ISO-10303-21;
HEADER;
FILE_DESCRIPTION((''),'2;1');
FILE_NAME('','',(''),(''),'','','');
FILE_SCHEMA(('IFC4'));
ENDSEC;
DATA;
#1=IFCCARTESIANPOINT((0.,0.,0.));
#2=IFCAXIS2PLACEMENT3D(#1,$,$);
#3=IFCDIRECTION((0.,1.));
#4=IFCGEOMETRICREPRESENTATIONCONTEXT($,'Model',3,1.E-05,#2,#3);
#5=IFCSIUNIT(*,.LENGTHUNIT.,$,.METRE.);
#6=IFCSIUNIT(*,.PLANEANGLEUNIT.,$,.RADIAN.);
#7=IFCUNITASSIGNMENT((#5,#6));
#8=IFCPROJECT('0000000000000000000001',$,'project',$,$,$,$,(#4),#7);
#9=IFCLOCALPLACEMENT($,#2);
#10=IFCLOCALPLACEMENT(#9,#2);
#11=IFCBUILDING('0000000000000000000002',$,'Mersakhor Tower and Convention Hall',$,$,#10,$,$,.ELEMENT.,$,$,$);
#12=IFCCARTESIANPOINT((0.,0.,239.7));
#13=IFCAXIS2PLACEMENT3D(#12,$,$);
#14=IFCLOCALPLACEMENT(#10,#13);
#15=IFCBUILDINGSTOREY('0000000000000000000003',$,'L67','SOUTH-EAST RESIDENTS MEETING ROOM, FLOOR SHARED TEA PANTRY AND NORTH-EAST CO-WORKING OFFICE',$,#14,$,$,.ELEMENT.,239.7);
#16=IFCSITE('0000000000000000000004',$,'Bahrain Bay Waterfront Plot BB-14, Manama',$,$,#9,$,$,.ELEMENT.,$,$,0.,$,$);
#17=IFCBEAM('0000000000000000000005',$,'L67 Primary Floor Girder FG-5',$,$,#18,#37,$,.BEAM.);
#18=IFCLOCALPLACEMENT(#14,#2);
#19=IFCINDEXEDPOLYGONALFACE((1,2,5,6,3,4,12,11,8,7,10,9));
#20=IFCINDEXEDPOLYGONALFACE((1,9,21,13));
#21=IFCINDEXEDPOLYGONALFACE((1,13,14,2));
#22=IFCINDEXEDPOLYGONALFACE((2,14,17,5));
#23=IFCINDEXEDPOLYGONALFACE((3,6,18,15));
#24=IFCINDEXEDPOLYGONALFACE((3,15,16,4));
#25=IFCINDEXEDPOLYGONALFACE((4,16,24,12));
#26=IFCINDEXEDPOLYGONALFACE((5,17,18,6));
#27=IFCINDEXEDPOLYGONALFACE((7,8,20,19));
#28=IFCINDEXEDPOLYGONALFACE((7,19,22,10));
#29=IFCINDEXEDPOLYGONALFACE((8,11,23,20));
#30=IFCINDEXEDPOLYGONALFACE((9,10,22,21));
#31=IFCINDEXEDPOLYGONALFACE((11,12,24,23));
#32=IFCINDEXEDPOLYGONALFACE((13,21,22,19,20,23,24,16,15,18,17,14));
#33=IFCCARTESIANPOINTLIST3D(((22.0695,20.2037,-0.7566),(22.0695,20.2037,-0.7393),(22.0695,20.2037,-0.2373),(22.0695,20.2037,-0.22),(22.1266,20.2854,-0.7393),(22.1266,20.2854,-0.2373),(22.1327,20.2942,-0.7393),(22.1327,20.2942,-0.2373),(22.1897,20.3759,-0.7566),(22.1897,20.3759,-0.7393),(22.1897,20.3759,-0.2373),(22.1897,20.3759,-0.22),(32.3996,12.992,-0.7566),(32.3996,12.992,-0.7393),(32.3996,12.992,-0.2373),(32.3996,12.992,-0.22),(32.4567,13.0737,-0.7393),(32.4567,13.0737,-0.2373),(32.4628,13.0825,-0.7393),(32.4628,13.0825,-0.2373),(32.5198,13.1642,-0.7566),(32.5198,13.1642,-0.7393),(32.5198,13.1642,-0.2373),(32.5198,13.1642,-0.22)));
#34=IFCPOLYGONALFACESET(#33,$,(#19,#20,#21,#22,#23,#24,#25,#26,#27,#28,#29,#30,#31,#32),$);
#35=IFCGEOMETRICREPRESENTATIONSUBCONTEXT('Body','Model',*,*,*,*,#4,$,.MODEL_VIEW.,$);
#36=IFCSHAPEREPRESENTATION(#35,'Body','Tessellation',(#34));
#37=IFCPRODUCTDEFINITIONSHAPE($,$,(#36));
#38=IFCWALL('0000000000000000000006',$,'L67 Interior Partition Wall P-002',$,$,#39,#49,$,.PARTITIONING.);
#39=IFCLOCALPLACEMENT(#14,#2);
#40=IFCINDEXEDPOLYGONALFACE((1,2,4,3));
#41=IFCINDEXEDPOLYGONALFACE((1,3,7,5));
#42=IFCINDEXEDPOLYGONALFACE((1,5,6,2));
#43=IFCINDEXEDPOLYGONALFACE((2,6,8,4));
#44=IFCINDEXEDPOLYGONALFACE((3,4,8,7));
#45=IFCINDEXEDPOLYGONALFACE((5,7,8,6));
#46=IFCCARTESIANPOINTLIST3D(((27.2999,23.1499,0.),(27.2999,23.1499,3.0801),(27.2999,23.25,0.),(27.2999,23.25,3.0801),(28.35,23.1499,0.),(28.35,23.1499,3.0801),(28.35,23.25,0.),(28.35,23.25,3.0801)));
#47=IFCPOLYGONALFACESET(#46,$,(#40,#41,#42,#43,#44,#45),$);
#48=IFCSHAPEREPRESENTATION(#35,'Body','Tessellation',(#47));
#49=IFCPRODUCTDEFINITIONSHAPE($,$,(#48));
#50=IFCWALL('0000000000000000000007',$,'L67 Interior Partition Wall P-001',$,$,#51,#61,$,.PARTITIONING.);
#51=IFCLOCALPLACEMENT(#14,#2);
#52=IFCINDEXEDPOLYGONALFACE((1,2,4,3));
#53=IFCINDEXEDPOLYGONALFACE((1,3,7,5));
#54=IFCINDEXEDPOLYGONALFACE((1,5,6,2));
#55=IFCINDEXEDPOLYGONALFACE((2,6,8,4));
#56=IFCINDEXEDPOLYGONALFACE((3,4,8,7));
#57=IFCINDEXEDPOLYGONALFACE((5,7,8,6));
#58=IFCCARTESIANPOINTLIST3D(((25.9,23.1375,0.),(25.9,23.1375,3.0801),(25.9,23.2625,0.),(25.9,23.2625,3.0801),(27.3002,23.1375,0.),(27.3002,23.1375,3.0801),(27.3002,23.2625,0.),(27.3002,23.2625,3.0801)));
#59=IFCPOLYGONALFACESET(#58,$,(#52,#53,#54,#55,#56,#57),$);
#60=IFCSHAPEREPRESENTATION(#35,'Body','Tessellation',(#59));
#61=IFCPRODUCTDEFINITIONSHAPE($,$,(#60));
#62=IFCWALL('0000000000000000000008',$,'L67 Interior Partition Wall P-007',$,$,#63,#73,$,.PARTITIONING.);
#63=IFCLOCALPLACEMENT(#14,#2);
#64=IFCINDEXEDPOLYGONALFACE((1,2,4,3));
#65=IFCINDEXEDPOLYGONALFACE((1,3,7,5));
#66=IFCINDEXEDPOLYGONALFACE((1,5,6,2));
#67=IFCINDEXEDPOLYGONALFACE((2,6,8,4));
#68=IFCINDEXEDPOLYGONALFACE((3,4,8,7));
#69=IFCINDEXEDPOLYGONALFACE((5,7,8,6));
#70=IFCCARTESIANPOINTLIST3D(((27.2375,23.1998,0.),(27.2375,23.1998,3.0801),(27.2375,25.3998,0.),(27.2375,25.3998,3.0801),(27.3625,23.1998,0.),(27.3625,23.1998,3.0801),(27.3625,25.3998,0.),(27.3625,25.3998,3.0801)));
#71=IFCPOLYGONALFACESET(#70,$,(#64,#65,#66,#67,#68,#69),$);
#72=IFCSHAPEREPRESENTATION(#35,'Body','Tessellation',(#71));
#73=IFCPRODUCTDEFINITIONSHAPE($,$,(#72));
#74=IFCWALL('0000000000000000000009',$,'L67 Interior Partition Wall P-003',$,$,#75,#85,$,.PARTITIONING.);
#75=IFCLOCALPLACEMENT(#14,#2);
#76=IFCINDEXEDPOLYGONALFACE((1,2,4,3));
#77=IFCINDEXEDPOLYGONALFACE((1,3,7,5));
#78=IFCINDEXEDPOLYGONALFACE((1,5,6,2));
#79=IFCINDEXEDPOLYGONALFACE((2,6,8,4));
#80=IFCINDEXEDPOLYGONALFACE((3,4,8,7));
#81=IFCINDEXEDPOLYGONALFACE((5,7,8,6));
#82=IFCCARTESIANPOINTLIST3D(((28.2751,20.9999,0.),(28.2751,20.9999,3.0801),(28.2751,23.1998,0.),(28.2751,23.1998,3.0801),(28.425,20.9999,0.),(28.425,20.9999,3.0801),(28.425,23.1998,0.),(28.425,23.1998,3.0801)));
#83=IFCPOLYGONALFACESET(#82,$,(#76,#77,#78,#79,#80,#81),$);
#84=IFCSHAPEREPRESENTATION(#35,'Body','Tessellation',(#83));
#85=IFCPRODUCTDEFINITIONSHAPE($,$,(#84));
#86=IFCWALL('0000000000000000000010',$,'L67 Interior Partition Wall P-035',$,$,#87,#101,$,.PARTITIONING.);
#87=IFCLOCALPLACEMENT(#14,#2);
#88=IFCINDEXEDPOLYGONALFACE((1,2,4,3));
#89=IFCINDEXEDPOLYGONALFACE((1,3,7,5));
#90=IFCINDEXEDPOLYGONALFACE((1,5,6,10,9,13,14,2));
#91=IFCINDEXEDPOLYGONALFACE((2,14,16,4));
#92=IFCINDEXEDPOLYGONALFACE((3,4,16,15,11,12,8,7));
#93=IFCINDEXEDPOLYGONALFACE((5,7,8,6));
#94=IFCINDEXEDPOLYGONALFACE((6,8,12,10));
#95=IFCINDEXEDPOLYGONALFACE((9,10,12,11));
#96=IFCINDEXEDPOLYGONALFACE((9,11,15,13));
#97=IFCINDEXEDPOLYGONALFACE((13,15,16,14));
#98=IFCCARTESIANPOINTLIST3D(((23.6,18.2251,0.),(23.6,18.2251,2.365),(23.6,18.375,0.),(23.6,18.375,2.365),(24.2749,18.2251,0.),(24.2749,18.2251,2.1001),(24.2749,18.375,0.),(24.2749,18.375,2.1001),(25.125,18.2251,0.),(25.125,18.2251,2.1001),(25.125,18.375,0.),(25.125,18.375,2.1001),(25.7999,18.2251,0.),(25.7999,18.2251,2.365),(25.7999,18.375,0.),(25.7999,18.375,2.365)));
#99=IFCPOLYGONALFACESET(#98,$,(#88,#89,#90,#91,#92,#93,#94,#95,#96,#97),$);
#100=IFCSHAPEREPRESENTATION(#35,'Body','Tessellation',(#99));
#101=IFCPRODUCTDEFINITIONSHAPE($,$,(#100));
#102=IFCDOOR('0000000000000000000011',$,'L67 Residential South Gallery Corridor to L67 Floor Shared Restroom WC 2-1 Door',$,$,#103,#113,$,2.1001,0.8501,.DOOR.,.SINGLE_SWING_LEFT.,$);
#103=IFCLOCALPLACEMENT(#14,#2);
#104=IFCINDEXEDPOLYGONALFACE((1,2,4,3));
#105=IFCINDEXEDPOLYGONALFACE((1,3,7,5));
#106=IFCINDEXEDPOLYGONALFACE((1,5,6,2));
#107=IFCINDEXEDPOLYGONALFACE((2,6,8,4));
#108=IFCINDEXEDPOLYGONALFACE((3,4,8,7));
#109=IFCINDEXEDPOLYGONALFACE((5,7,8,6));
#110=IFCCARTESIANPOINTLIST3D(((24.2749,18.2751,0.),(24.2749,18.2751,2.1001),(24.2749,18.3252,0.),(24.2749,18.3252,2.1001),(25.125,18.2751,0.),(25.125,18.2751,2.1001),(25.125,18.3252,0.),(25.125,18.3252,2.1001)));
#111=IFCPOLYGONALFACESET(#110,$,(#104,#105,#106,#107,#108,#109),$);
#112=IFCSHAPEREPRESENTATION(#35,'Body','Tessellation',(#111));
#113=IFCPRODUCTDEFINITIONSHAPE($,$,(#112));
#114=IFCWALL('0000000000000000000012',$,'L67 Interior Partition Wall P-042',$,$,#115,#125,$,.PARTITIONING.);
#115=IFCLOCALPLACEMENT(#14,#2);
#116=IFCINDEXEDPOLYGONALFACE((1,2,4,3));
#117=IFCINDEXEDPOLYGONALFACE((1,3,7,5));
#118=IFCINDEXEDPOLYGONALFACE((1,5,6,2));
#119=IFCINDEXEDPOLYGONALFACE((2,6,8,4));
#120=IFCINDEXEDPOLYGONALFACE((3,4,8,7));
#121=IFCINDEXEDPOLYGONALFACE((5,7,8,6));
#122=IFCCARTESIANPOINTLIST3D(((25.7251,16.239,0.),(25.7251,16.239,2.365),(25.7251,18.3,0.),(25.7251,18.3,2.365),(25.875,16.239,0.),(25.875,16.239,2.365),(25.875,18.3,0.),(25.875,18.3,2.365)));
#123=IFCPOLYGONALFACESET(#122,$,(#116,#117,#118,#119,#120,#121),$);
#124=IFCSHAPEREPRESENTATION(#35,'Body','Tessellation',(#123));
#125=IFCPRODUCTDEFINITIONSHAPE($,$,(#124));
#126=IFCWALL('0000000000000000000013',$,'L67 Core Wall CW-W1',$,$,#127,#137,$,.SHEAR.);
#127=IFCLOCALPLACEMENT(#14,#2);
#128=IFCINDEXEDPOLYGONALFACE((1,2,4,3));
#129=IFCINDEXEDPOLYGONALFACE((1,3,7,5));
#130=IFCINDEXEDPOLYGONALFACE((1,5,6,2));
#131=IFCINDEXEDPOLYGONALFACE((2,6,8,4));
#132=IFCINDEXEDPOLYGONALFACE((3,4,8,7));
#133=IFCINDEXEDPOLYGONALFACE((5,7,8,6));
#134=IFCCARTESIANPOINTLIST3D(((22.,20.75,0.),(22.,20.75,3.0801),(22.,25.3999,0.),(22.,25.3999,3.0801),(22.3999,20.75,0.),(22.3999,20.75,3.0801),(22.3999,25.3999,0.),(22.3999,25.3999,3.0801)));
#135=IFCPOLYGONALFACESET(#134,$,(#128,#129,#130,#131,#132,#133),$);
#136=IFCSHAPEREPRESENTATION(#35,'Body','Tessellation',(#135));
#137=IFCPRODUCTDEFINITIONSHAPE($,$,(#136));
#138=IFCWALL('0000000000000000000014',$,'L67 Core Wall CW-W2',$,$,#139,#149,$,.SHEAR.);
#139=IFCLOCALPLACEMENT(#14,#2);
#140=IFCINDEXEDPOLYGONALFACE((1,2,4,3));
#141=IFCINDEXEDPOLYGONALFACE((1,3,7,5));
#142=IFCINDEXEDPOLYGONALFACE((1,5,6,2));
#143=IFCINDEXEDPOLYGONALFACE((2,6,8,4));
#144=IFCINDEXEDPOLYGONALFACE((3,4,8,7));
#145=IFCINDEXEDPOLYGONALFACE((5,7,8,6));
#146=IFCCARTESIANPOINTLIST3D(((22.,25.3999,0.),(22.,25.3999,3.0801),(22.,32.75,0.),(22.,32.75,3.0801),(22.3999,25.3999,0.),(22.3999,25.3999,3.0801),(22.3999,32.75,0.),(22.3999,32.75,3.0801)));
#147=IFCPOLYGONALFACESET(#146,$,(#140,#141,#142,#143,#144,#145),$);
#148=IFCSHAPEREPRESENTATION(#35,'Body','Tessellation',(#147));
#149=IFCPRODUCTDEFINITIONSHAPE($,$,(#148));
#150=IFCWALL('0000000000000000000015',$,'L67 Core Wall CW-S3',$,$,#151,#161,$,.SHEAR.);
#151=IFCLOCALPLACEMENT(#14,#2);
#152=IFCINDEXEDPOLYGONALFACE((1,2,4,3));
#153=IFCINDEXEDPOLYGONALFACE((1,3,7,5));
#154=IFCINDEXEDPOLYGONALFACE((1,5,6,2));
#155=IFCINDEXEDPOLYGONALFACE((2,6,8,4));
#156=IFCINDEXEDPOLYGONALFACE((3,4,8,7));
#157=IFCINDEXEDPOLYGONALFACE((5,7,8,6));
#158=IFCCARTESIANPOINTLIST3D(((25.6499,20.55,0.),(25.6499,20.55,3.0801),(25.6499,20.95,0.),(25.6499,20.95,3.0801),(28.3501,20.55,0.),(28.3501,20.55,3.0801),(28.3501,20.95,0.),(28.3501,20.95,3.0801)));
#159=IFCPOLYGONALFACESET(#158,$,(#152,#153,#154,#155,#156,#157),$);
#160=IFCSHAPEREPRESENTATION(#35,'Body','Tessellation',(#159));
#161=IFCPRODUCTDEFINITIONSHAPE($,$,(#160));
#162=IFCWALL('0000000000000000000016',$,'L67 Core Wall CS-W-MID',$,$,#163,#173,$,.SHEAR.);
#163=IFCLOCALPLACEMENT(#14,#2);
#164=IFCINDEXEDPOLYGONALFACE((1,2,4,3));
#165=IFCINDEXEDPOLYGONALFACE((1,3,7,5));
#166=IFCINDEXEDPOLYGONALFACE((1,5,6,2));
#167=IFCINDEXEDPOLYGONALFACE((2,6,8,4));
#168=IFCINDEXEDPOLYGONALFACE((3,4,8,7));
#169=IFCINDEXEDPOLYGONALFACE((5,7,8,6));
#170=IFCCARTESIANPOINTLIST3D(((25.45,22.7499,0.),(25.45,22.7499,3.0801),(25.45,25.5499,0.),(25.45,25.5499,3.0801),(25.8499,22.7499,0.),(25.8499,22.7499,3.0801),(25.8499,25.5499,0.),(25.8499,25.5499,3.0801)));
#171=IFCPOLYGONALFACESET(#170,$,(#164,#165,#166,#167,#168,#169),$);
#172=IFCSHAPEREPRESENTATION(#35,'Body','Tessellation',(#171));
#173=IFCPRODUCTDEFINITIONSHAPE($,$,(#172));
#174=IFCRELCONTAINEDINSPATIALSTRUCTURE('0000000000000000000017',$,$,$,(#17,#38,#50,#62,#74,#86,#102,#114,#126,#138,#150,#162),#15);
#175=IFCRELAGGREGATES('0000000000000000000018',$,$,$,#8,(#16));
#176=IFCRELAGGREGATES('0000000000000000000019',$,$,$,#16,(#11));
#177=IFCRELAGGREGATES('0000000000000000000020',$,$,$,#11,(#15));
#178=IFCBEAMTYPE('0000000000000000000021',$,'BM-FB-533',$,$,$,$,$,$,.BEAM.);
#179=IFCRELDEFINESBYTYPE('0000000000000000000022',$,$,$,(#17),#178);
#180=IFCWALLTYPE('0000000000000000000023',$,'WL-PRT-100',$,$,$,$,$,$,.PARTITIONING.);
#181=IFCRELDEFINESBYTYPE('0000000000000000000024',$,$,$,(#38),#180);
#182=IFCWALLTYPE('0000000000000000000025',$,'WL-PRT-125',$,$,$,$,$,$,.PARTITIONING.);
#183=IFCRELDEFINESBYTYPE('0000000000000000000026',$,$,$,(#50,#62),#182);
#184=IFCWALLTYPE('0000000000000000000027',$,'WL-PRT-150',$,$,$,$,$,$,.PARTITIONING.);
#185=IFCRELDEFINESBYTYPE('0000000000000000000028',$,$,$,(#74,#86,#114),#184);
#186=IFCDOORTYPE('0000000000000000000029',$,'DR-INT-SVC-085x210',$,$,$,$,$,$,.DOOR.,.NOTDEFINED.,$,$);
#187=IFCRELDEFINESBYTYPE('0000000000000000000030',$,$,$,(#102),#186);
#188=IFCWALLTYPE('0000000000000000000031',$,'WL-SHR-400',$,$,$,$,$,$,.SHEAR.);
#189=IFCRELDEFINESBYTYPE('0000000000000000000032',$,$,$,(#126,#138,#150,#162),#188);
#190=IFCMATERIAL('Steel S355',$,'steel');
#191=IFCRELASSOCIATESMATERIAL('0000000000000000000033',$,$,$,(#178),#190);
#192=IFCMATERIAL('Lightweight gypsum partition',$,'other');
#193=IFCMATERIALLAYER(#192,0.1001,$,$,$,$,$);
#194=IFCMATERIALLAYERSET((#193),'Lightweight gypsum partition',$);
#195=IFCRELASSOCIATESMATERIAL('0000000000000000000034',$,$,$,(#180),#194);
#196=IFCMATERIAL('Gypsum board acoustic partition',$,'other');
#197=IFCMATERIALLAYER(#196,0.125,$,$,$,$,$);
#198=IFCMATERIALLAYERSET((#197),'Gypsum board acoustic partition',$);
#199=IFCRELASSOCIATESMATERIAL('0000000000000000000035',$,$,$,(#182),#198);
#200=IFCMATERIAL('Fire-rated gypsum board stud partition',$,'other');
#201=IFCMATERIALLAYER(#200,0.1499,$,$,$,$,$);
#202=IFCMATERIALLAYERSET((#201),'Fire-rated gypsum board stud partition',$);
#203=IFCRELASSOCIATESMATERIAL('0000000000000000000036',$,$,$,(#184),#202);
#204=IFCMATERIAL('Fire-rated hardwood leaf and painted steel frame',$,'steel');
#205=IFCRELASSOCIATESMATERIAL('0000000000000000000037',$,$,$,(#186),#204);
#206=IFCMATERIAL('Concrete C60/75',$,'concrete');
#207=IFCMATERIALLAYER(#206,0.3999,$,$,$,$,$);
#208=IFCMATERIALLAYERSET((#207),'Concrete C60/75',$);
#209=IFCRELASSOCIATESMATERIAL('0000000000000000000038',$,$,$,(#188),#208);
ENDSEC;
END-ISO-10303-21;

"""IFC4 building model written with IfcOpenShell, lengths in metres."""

from ifc_helpers import new_model, si_unit, direction, frame, frame_2d, origin, origin_2d, place, context, subcontext, project, spatial, rectangle, i_section, extrude, material, layer, layer_set, material_profile, profile_set, type_object, element, fill, save


model = new_model("IFC4")

# Units and contexts
model_context = context("Model", 3, precision=1e-05, world=origin(), true_north=direction((0.0, 1.0)))
body_context = subcontext(model_context, "Body", "Model", "MODEL_VIEW")
ifc_project = project(units=[si_unit("LENGTHUNIT", "METRE"), si_unit("PLANEANGLEUNIT", "RADIAN")], contexts=[model_context])

# Site, building, storey
site_placement = place(None, origin())
site = spatial("IfcSite", under=ifc_project, at=site_placement, Name="Bahrain Bay Waterfront Plot BB-14, Manama", CompositionType="ELEMENT", RefElevation=0.0)
building_placement = place(site_placement, origin())
building = spatial("IfcBuilding", under=site, at=building_placement, Name="Mersakhor Tower and Convention Hall", CompositionType="ELEMENT")
storey_placement = place(building_placement, frame((0.0, 0.0, 239.7)))
storey = spatial("IfcBuildingStorey", under=building, at=storey_placement, Name="L67", Description="SOUTH-EAST RESIDENTS MEETING ROOM, FLOOR SHARED TEA PANTRY AND NORTH-EAST CO-WORKING OFFICE", CompositionType="ELEMENT", Elevation=239.7)

# Beam
ifc_material_1 = material(Name="Steel S355", Category="steel")
ifc_material_profile = material_profile(ifc_material_1, i_section(OverallWidth=0.21, OverallDepth=0.5366, WebThickness=0.0107, FlangeThickness=0.0173, at=origin_2d()), Name="UB 533x210x101")
ifc_profile_set = profile_set([ifc_material_profile], Name="Steel S355")
beam_type = type_object("IfcBeamType", Name="BM-FB-533", PredefinedType="BEAM", material=ifc_profile_set)
beam_placement = place(storey_placement, frame((22.1296, 20.2898, -0.4883), z_axis=(0.819954, -0.572429, 0.0), x_axis=(0.572429, 0.819954, 0.0)))
element("IfcBeam", 1, at=beam_placement, inside=storey, type_object=beam_type, Name="L67 Primary Floor Girder FG-5", PredefinedType="BEAM", context=body_context, shape_type="SweptSolid", body=[
    extrude(i_section(OverallWidth=0.21, OverallDepth=0.5366, WebThickness=0.0107, FlangeThickness=0.0173, at=origin_2d()), origin(), (0.0, 0.0, 1.0), 12.5984),
])

# Walls
ifc_material_2 = material(Name="Lightweight gypsum partition", Category="other")
ifc_layer_1 = layer(ifc_material_2, 0.1001)
ifc_layer_set_1 = layer_set([ifc_layer_1], Name="Lightweight gypsum partition")
wall_type_1 = type_object("IfcWallType", Name="WL-PRT-100", PredefinedType="PARTITIONING", material=ifc_layer_set_1)
wall_1_placement = place(storey_placement, frame((27.3, 23.2, 0.0), z_axis=(0.0, 0.0, 1.0), x_axis=(1.0, 0.0, 0.0)))
element("IfcWall", 2, at=wall_1_placement, inside=storey, type_object=wall_type_1, Name="L67 Interior Partition Wall P-002", PredefinedType="PARTITIONING", context=body_context, shape_type="SweptSolid", body=[
    extrude(rectangle(XDim=1.05, YDim=0.1001, at=frame_2d((0.5249, 0.0))), origin(), (0.0, 0.0, 1.0), 3.0801),
])
ifc_material_3 = material(Name="Gypsum board acoustic partition", Category="other")
ifc_layer_2 = layer(ifc_material_3, 0.125)
ifc_layer_set_2 = layer_set([ifc_layer_2], Name="Gypsum board acoustic partition")
wall_type_2 = type_object("IfcWallType", Name="WL-PRT-125", PredefinedType="PARTITIONING", material=ifc_layer_set_2)
wall_2_placement = place(storey_placement, frame((25.8999, 23.2, 0.0), z_axis=(0.0, 0.0, 1.0), x_axis=(1.0, 0.0, 0.0)))
element("IfcWall", 3, at=wall_2_placement, inside=storey, type_object=wall_type_2, Name="L67 Interior Partition Wall P-001", PredefinedType="PARTITIONING", context=body_context, shape_type="SweptSolid", body=[
    extrude(rectangle(XDim=1.4001, YDim=0.125, at=frame_2d((0.7002, 0.0))), origin(), (0.0, 0.0, 1.0), 3.0801),
])
wall_3_placement = place(storey_placement, frame((27.3, 25.3999, 0.0), z_axis=(0.0, 0.0, 1.0), x_axis=(0.0, -1.0, 0.0)))
element("IfcWall", 4, at=wall_3_placement, inside=storey, type_object=wall_type_2, Name="L67 Interior Partition Wall P-007", PredefinedType="PARTITIONING", context=body_context, shape_type="SweptSolid", body=[
    extrude(rectangle(XDim=2.2, YDim=0.125, at=frame_2d((1.1001, 0.0))), origin(), (0.0, 0.0, 1.0), 3.0801),
])
ifc_material_4 = material(Name="Fire-rated gypsum board stud partition", Category="other")
ifc_layer_3 = layer(ifc_material_4, 0.1499)
ifc_layer_set_3 = layer_set([ifc_layer_3], Name="Fire-rated gypsum board stud partition")
wall_type_3 = type_object("IfcWallType", Name="WL-PRT-150", PredefinedType="PARTITIONING", material=ifc_layer_set_3)
wall_4_placement = place(storey_placement, frame((28.3501, 23.2, 0.0), z_axis=(0.0, 0.0, 1.0), x_axis=(0.0, -1.0, 0.0)))
element("IfcWall", 5, at=wall_4_placement, inside=storey, type_object=wall_type_3, Name="L67 Interior Partition Wall P-003", PredefinedType="PARTITIONING", context=body_context, shape_type="SweptSolid", body=[
    extrude(rectangle(XDim=2.2, YDim=0.1499, at=frame_2d((1.1001, 0.0))), origin(), (0.0, 0.0, 1.0), 3.0801),
])

# Wall, opening, door
wall_5_placement = place(storey_placement, frame((25.8, 18.3, 0.0), z_axis=(0.0, 0.0, 1.0), x_axis=(-1.0, 0.0, 0.0)))
wall_5 = element("IfcWall", 6, at=wall_5_placement, inside=storey, type_object=wall_type_3, Name="L67 Interior Partition Wall P-035", PredefinedType="PARTITIONING", context=body_context, shape_type="SweptSolid", body=[
    extrude(rectangle(XDim=2.2, YDim=0.1499, at=frame_2d((1.1001, 0.0))), origin(), (0.0, 0.0, 1.0), 2.365),
])
opening_1_placement = place(wall_5_placement, frame((0.675, 0.0, 0.0)))
opening_1 = element("IfcOpeningElement", 7, at=opening_1_placement, cuts=wall_5, PredefinedType="OPENING", context=body_context, shape_type="SweptSolid", body=[
    extrude(rectangle(XDim=0.8501, YDim=2.1001, at=frame_2d((0.425, 1.05))), frame((0.0, 0.085, 0.0), z_axis=(0.0, -1.0, 0.0), x_axis=(1.0, 0.0, 0.0)), (0.0, 0.0, 1.0), 0.1699),
])
ifc_material_5 = material(Name="Fire-rated hardwood leaf and painted steel frame", Category="steel")
door_type_1 = type_object("IfcDoorType", Name="DR-INT-SVC-085x210", OperationType="NOTDEFINED", PredefinedType="DOOR", material=ifc_material_5)
door_1_placement = place(opening_1_placement, origin())
door_1 = element("IfcDoor", 8, at=door_1_placement, inside=storey, type_object=door_type_1, Name="L67 Residential South Gallery Corridor to L67 Floor Shared Restroom WC 2-1 Door", OperationType="SINGLE_SWING_LEFT", OverallHeight=2.1001, OverallWidth=0.8501, PredefinedType="DOOR", context=body_context, shape_type="SweptSolid", body=[
    extrude(rectangle(XDim=0.8501, YDim=2.1001, at=frame_2d((0.425, 1.05))), frame((0.0, 0.0249, 0.0), z_axis=(0.0, -1.0, 0.0), x_axis=(1.0, 0.0, 0.0)), (0.0, 0.0, 1.0), 0.05),
])
fill(opening_1, door_1)

# Wall
wall_6_placement = place(storey_placement, frame((25.8, 18.3, 0.0), z_axis=(0.0, 0.0, 1.0), x_axis=(0.0, -1.0, 0.0)))
element("IfcWall", 9, at=wall_6_placement, inside=storey, type_object=wall_type_3, Name="L67 Interior Partition Wall P-042", PredefinedType="PARTITIONING", context=body_context, shape_type="SweptSolid", body=[
    extrude(rectangle(XDim=2.061, YDim=0.1499, at=frame_2d((1.0305, 0.0))), origin(), (0.0, 0.0, 1.0), 2.365),
])

# Walls
ifc_material_6 = material(Name="Concrete C60/75", Category="concrete")
ifc_layer_4 = layer(ifc_material_6, 0.3999)
ifc_layer_set_4 = layer_set([ifc_layer_4], Name="Concrete C60/75")
wall_type_4 = type_object("IfcWallType", Name="WL-SHR-400", PredefinedType="SHEAR", material=ifc_layer_set_4)
wall_7_placement = place(storey_placement, frame((22.2, 20.75, 0.0), z_axis=(0.0, 0.0, 1.0), x_axis=(0.0, 1.0, 0.0)))
element("IfcWall", 10, at=wall_7_placement, inside=storey, type_object=wall_type_4, Name="L67 Core Wall CW-W1", PredefinedType="SHEAR", context=body_context, shape_type="SweptSolid", body=[
    extrude(rectangle(XDim=4.6499, YDim=0.3999, at=frame_2d((2.325, 0.0))), origin(), (0.0, 0.0, 1.0), 3.0801),
])
wall_8_placement = place(storey_placement, frame((22.2, 25.3999, 0.0), z_axis=(0.0, 0.0, 1.0), x_axis=(0.0, 1.0, 0.0)))
element("IfcWall", 11, at=wall_8_placement, inside=storey, type_object=wall_type_4, Name="L67 Core Wall CW-W2", PredefinedType="SHEAR", context=body_context, shape_type="SweptSolid", body=[
    extrude(rectangle(XDim=7.3501, YDim=0.3999, at=frame_2d((3.675, 0.0))), origin(), (0.0, 0.0, 1.0), 3.0801),
])
wall_9_placement = place(storey_placement, frame((28.3501, 20.75, 0.0), z_axis=(0.0, 0.0, 1.0), x_axis=(-1.0, 0.0, 0.0)))
element("IfcWall", 12, at=wall_9_placement, inside=storey, type_object=wall_type_4, Name="L67 Core Wall CW-S3", PredefinedType="SHEAR", context=body_context, shape_type="SweptSolid", body=[
    extrude(rectangle(XDim=2.7002, YDim=0.3999, at=frame_2d((1.3501, 0.0))), origin(), (0.0, 0.0, 1.0), 3.0801),
])

# Wall
wall_10_placement = place(storey_placement, frame((25.6499, 22.75, 0.0), z_axis=(0.0, 0.0, 1.0), x_axis=(0.0, 1.0, 0.0)))
element("IfcWall", 13, at=wall_10_placement, inside=storey, type_object=wall_type_4, Name="L67 Core Wall CS-W-MID", PredefinedType="SHEAR", context=body_context, shape_type="SweptSolid", body=[
    extrude(rectangle(XDim=2.8, YDim=0.3999, at=frame_2d((1.3999, 0.0))), origin(), (0.0, 0.0, 1.0), 3.0801),
])

save(model, "model.ifc")
